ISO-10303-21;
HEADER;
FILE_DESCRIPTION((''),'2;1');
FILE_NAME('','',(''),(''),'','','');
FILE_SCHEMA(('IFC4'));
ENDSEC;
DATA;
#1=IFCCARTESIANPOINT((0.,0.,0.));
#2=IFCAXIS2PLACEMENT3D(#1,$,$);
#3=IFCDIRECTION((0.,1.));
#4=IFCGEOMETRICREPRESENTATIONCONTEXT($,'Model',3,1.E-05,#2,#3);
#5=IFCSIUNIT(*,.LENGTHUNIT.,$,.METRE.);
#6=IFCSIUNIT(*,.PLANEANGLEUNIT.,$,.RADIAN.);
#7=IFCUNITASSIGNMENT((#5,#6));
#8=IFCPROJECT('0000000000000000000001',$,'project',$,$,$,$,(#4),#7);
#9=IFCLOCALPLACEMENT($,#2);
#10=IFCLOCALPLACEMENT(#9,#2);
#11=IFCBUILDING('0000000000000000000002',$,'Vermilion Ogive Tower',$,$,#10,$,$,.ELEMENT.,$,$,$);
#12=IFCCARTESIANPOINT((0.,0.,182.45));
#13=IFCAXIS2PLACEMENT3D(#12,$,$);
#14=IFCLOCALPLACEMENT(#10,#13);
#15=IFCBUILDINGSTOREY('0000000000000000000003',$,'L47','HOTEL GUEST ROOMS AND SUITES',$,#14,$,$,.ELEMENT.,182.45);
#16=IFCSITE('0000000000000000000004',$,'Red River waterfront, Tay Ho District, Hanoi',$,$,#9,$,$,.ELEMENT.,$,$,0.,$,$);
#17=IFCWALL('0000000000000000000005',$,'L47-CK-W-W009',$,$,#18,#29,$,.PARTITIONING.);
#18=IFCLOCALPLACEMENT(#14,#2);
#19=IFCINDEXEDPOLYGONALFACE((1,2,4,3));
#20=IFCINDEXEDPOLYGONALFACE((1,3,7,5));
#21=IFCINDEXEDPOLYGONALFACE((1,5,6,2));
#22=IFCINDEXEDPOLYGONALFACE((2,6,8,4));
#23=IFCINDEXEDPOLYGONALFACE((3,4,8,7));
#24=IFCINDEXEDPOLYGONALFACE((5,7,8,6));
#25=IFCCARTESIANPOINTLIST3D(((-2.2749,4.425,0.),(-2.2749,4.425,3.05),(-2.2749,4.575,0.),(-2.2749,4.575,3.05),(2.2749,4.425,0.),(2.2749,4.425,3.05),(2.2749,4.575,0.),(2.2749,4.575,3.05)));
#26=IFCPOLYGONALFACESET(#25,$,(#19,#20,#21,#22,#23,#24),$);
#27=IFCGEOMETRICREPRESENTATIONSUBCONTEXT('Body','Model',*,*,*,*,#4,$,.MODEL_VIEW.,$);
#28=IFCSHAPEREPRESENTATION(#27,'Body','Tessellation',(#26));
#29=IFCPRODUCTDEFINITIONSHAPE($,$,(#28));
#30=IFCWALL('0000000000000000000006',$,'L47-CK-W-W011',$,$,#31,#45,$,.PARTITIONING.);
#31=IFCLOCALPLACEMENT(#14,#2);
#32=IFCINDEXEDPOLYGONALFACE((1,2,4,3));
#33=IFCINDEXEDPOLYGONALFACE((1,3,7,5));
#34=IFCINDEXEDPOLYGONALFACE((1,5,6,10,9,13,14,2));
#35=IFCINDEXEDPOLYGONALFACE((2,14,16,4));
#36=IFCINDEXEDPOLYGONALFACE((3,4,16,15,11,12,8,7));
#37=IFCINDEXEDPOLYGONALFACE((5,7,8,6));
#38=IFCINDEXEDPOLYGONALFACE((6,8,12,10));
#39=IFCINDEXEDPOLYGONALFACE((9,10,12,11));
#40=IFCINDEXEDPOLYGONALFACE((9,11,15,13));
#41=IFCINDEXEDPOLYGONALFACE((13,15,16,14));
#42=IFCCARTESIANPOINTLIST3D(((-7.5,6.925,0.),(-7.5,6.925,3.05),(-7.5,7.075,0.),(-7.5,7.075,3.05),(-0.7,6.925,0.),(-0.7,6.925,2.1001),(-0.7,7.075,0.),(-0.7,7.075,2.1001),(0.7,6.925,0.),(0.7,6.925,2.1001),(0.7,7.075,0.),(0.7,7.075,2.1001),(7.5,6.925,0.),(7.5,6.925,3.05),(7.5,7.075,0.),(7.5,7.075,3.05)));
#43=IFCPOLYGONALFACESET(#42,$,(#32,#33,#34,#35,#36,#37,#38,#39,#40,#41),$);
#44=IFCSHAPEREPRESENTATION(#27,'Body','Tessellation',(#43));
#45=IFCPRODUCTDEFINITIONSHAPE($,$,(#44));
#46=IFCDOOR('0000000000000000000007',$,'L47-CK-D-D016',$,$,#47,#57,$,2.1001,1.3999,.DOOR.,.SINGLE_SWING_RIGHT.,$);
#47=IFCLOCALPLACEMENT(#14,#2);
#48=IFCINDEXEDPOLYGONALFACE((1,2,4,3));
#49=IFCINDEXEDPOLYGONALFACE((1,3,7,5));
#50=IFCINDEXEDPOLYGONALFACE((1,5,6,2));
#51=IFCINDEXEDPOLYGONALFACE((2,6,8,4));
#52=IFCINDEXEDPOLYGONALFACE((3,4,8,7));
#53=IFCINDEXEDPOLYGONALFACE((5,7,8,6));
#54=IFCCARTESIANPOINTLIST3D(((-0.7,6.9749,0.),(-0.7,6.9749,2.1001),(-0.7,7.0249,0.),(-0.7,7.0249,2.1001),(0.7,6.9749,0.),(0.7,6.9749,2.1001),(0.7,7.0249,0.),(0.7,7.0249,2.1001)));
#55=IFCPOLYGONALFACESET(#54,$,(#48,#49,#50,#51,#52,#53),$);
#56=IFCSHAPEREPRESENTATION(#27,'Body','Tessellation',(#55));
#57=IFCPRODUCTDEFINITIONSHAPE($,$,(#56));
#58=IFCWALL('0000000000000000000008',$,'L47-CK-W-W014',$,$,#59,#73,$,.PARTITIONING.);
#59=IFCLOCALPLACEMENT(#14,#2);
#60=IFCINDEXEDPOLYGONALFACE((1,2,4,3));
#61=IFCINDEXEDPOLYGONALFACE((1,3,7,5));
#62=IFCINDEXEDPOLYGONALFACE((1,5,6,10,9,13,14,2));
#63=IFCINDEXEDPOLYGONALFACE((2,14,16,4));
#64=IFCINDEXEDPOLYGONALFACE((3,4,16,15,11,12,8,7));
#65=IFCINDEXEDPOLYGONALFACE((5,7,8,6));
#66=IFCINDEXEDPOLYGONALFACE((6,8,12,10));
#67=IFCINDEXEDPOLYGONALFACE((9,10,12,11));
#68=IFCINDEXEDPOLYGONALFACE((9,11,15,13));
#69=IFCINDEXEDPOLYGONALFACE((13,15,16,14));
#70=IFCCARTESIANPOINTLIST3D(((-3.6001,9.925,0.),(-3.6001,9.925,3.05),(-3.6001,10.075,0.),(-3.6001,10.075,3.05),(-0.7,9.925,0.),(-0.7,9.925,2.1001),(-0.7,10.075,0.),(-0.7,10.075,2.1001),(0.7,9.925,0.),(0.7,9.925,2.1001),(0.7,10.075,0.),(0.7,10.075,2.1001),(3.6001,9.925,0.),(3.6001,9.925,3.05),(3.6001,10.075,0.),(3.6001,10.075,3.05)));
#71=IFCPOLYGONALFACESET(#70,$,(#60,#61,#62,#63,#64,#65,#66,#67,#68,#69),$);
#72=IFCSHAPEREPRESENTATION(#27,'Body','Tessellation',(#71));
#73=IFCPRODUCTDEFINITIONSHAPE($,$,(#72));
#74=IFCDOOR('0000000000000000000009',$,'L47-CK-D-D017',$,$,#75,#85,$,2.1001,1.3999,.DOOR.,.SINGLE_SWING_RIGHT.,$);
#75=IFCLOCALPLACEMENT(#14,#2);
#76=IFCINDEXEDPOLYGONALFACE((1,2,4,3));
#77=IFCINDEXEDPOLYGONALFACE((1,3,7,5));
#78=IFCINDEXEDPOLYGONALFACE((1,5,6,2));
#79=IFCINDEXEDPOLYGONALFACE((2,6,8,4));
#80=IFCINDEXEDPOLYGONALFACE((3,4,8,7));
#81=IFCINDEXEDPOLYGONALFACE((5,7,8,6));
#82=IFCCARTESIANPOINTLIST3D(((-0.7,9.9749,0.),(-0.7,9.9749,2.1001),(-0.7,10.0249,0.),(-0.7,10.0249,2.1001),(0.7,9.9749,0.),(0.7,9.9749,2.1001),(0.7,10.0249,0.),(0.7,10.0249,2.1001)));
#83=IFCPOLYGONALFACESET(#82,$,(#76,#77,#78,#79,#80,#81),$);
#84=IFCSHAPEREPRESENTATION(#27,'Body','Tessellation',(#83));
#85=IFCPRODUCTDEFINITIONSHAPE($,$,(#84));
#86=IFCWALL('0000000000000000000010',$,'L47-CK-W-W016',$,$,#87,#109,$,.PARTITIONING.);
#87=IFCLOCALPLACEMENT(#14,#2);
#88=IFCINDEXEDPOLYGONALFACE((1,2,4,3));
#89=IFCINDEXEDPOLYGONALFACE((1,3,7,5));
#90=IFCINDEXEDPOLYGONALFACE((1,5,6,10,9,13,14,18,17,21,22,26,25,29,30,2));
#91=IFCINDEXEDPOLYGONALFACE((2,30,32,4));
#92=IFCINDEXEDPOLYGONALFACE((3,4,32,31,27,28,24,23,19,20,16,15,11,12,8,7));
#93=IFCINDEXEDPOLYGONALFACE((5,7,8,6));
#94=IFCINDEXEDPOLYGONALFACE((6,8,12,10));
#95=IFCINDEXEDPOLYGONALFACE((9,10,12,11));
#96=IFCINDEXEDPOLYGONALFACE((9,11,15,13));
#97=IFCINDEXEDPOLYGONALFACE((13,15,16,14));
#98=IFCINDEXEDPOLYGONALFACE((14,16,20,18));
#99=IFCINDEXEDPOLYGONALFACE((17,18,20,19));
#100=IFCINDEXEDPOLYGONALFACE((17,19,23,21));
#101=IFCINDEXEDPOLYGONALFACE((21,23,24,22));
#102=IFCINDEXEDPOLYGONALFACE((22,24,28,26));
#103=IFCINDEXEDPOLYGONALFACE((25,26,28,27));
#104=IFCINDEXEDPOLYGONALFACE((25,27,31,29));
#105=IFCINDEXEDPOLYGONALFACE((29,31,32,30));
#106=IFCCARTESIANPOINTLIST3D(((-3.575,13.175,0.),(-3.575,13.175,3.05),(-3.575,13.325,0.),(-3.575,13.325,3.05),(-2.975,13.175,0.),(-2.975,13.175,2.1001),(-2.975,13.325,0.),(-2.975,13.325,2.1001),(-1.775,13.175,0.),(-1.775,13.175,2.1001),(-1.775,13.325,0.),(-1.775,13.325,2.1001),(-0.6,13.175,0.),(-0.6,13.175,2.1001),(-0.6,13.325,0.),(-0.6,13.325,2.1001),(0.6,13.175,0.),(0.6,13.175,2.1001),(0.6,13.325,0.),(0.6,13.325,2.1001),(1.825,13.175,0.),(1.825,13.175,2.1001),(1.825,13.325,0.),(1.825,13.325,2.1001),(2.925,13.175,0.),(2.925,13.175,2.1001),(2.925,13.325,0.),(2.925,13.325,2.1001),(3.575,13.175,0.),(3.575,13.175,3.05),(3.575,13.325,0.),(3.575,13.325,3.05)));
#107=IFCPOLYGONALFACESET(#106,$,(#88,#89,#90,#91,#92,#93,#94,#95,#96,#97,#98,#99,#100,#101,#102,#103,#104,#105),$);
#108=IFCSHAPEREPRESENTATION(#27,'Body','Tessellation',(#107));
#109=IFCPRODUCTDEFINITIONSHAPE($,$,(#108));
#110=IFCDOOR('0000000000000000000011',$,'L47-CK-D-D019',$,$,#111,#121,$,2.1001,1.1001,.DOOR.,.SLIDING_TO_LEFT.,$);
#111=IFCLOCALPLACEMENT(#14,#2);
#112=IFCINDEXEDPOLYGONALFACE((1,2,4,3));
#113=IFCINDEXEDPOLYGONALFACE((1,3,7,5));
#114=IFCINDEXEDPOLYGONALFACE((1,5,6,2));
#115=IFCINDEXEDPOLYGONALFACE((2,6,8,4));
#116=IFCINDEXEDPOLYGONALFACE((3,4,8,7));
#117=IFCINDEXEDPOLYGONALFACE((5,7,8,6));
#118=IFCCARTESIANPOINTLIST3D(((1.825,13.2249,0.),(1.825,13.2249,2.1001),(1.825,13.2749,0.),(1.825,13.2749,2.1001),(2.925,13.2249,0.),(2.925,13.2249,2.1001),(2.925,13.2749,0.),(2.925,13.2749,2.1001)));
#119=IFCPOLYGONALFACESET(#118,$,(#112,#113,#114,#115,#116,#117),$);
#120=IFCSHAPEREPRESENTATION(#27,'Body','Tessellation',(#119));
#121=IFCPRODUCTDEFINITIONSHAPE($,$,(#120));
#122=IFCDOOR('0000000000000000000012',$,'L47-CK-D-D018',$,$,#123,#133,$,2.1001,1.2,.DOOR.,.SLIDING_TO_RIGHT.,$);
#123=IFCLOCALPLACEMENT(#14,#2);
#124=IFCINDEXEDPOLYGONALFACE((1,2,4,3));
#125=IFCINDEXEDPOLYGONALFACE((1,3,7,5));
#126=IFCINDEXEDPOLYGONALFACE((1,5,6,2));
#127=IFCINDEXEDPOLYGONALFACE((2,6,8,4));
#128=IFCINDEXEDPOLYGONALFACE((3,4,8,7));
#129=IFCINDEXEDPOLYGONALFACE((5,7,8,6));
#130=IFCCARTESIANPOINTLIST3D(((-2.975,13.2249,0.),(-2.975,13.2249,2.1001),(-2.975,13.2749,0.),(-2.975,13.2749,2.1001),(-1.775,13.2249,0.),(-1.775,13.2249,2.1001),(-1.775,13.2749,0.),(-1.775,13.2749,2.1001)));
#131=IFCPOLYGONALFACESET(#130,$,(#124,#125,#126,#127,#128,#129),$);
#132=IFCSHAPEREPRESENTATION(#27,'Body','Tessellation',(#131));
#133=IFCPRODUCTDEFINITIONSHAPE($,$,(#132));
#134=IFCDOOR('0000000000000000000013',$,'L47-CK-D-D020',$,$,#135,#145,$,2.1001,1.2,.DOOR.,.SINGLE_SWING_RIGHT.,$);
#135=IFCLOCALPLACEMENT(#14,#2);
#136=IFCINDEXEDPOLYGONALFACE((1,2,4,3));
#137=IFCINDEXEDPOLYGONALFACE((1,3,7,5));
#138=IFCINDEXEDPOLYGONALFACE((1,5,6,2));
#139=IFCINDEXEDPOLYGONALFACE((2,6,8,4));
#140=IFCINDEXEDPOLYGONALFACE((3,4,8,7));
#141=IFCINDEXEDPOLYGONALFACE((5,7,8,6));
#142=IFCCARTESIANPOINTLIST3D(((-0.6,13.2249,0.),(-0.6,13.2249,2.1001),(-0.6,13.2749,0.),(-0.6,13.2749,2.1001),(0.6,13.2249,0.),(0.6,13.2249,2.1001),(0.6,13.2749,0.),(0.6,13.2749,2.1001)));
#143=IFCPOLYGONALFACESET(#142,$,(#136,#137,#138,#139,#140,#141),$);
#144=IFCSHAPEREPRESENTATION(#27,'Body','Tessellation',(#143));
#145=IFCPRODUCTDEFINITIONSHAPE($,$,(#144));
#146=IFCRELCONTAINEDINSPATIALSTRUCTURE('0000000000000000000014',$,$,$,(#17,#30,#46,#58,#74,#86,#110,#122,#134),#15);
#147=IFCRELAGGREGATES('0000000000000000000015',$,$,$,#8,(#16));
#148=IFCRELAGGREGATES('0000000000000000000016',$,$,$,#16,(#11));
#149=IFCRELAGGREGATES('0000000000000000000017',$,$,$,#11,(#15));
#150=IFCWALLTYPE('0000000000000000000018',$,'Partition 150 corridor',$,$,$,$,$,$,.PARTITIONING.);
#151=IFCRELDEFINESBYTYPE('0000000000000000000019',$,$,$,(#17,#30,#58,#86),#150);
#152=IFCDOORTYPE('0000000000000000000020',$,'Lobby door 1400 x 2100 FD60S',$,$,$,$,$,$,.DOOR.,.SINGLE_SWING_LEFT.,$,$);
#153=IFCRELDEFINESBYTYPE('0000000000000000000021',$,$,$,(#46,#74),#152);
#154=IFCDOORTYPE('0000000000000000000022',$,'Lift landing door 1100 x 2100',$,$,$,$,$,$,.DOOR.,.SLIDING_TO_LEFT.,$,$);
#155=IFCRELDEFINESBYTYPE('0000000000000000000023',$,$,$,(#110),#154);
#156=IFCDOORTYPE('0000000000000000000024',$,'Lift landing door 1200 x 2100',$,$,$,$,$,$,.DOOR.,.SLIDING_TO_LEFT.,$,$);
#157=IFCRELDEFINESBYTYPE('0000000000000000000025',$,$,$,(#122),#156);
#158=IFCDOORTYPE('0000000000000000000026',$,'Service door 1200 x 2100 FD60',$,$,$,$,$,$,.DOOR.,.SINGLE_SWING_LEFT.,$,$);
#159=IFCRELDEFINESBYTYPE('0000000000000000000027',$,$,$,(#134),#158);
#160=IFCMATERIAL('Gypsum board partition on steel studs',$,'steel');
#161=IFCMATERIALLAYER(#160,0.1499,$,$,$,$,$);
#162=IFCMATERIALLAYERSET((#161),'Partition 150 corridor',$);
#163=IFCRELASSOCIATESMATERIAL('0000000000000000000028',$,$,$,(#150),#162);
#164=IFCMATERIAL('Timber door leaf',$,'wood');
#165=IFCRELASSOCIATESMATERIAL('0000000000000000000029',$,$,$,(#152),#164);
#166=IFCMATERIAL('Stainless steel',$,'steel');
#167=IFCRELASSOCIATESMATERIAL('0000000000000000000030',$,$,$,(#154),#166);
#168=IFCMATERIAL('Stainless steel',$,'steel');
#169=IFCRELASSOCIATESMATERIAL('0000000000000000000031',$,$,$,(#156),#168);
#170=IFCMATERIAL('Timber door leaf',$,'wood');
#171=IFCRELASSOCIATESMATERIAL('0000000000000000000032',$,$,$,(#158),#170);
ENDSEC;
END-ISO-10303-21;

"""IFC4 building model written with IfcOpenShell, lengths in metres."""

from ifc_helpers import new_model, si_unit, direction, frame, frame_2d, origin, place, context, subcontext, project, spatial, rectangle, extrude, material, layer, layer_set, type_object, element, fill, save


model = new_model("IFC4")

# Units and contexts
model_context = context("Model", 3, precision=1e-05, world=origin(), true_north=direction((0.0, 1.0)))
body_context = subcontext(model_context, "Body", "Model", "MODEL_VIEW")
ifc_project = project(units=[si_unit("LENGTHUNIT", "METRE"), si_unit("PLANEANGLEUNIT", "RADIAN")], contexts=[model_context])

# Site, building, storey
site_placement = place(None, origin())
site = spatial("IfcSite", under=ifc_project, at=site_placement, Name="Red River waterfront, Tay Ho District, Hanoi", CompositionType="ELEMENT", RefElevation=0.0)
building_placement = place(site_placement, origin())
building = spatial("IfcBuilding", under=site, at=building_placement, Name="Vermilion Ogive Tower", CompositionType="ELEMENT")
storey_placement = place(building_placement, frame((0.0, 0.0, 182.45)))
storey = spatial("IfcBuildingStorey", under=building, at=storey_placement, Name="L47", Description="HOTEL GUEST ROOMS AND SUITES", CompositionType="ELEMENT", Elevation=182.45)

# Wall
ifc_material_1 = material(Name="Gypsum board partition on steel studs", Category="steel")
ifc_layer_1 = layer(ifc_material_1, 0.1499)
ifc_layer_set_1 = layer_set([ifc_layer_1], Name="Partition 150 corridor")
wall_type_1 = type_object("IfcWallType", Name="Partition 150 corridor", PredefinedType="PARTITIONING", material=ifc_layer_set_1)
wall_1_placement = place(storey_placement, frame((-2.2749, 4.5, 0.0), z_axis=(0.0, 0.0, 1.0), x_axis=(1.0, 0.0, 0.0)))
element("IfcWall", 1, at=wall_1_placement, inside=storey, type_object=wall_type_1, Name="L47-CK-W-W009", PredefinedType="PARTITIONING", context=body_context, shape_type="SweptSolid", body=[
    extrude(rectangle(XDim=4.5498, YDim=0.1499, at=frame_2d((2.2749, 0.0))), origin(), (0.0, 0.0, 1.0), 3.05),
])

# Walls, openings, doors
wall_2_placement = place(storey_placement, frame((-7.5, 7.0, 0.0), z_axis=(0.0, 0.0, 1.0), x_axis=(1.0, 0.0, 0.0)))
wall_2 = element("IfcWall", 2, at=wall_2_placement, inside=storey, type_object=wall_type_1, Name="L47-CK-W-W011", PredefinedType="PARTITIONING", context=body_context, shape_type="SweptSolid", body=[
    extrude(rectangle(XDim=15.0, YDim=0.1499, at=frame_2d((7.5, 0.0))), origin(), (0.0, 0.0, 1.0), 3.05),
])
opening_1_placement = place(wall_2_placement, frame((6.8, 0.0, 0.0)))
opening_1 = element("IfcOpeningElement", 3, at=opening_1_placement, cuts=wall_2, PredefinedType="OPENING", context=body_context, shape_type="SweptSolid", body=[
    extrude(rectangle(XDim=1.3999, YDim=2.1001, at=frame_2d((0.7, 1.05))), frame((0.0, 0.085, 0.0), z_axis=(0.0, -1.0, 0.0), x_axis=(1.0, 0.0, 0.0)), (0.0, 0.0, 1.0), 0.1699),
])
ifc_material_2 = material(Name="Timber door leaf", Category="wood")
door_type_1 = type_object("IfcDoorType", Name="Lobby door 1400 x 2100 FD60S", OperationType="SINGLE_SWING_LEFT", PredefinedType="DOOR", material=ifc_material_2)
door_1_placement = place(opening_1_placement, origin())
door_1 = element("IfcDoor", 4, at=door_1_placement, inside=storey, type_object=door_type_1, Name="L47-CK-D-D016", OperationType="SINGLE_SWING_RIGHT", OverallHeight=2.1001, OverallWidth=1.3999, PredefinedType="DOOR", context=body_context, shape_type="SweptSolid", body=[
    extrude(rectangle(XDim=1.3999, YDim=2.1001, at=frame_2d((0.7, 1.05))), frame((0.0, 0.0249, 0.0), z_axis=(0.0, -1.0, 0.0), x_axis=(1.0, 0.0, 0.0)), (0.0, 0.0, 1.0), 0.05),
])
fill(opening_1, door_1)
wall_3_placement = place(storey_placement, frame((-3.6001, 10.0, 0.0), z_axis=(0.0, 0.0, 1.0), x_axis=(1.0, 0.0, 0.0)))
wall_3 = element("IfcWall", 5, at=wall_3_placement, inside=storey, type_object=wall_type_1, Name="L47-CK-W-W014", PredefinedType="PARTITIONING", context=body_context, shape_type="SweptSolid", body=[
    extrude(rectangle(XDim=7.2002, YDim=0.1499, at=frame_2d((3.6001, 0.0))), origin(), (0.0, 0.0, 1.0), 3.05),
])
opening_2_placement = place(wall_3_placement, frame((2.9001, 0.0, 0.0)))
opening_2 = element("IfcOpeningElement", 6, at=opening_2_placement, cuts=wall_3, PredefinedType="OPENING", context=body_context, shape_type="SweptSolid", body=[
    extrude(rectangle(XDim=1.3999, YDim=2.1001, at=frame_2d((0.7, 1.05))), frame((0.0, 0.085, 0.0), z_axis=(0.0, -1.0, 0.0), x_axis=(1.0, 0.0, 0.0)), (0.0, 0.0, 1.0), 0.1699),
])
door_2_placement = place(opening_2_placement, origin())
door_2 = element("IfcDoor", 7, at=door_2_placement, inside=storey, type_object=door_type_1, Name="L47-CK-D-D017", OperationType="SINGLE_SWING_RIGHT", OverallHeight=2.1001, OverallWidth=1.3999, PredefinedType="DOOR", context=body_context, shape_type="SweptSolid", body=[
    extrude(rectangle(XDim=1.3999, YDim=2.1001, at=frame_2d((0.7, 1.05))), frame((0.0, 0.0249, 0.0), z_axis=(0.0, -1.0, 0.0), x_axis=(1.0, 0.0, 0.0)), (0.0, 0.0, 1.0), 0.05),
])
fill(opening_2, door_2)

# Wall, openings, doors
wall_4_placement = place(storey_placement, frame((-3.575, 13.25, 0.0), z_axis=(0.0, 0.0, 1.0), x_axis=(1.0, 0.0, 0.0)))
wall_4 = element("IfcWall", 8, at=wall_4_placement, inside=storey, type_object=wall_type_1, Name="L47-CK-W-W016", PredefinedType="PARTITIONING", context=body_context, shape_type="SweptSolid", body=[
    extrude(rectangle(XDim=7.1499, YDim=0.1499, at=frame_2d((3.575, 0.0))), origin(), (0.0, 0.0, 1.0), 3.05),
])
opening_3_placement = place(wall_4_placement, frame((0.5999, 0.0, 0.0)))
opening_3 = element("IfcOpeningElement", 9, at=opening_3_placement, cuts=wall_4, PredefinedType="OPENING", context=body_context, shape_type="SweptSolid", body=[
    extrude(rectangle(XDim=1.2, YDim=2.1001, at=frame_2d((0.6001, 1.05))), frame((0.0, 0.085, 0.0), z_axis=(0.0, -1.0, 0.0), x_axis=(1.0, 0.0, 0.0)), (0.0, 0.0, 1.0), 0.1699),
])
opening_4_placement = place(wall_4_placement, frame((5.3999, 0.0, 0.0)))
opening_4 = element("IfcOpeningElement", 10, at=opening_4_placement, cuts=wall_4, PredefinedType="OPENING", context=body_context, shape_type="SweptSolid", body=[
    extrude(rectangle(XDim=1.1001, YDim=2.1001, at=frame_2d((0.55, 1.05))), frame((0.0, 0.085, 0.0), z_axis=(0.0, -1.0, 0.0), x_axis=(1.0, 0.0, 0.0)), (0.0, 0.0, 1.0), 0.1699),
])
opening_5_placement = place(wall_4_placement, frame((2.9749, 0.0, 0.0)))
opening_5 = element("IfcOpeningElement", 11, at=opening_5_placement, cuts=wall_4, PredefinedType="OPENING", context=body_context, shape_type="SweptSolid", body=[
    extrude(rectangle(XDim=1.2, YDim=2.1001, at=frame_2d((0.6001, 1.05))), frame((0.0, 0.085, 0.0), z_axis=(0.0, -1.0, 0.0), x_axis=(1.0, 0.0, 0.0)), (0.0, 0.0, 1.0), 0.1699),
])
ifc_material_3 = material(Name="Stainless steel", Category="steel")
door_type_2 = type_object("IfcDoorType", Name="Lift landing door 1100 x 2100", OperationType="SLIDING_TO_LEFT", PredefinedType="DOOR", material=ifc_material_3)
door_3_placement = place(opening_4_placement, origin())
door_3 = element("IfcDoor", 12, at=door_3_placement, inside=storey, type_object=door_type_2, Name="L47-CK-D-D019", OperationType="SLIDING_TO_LEFT", OverallHeight=2.1001, OverallWidth=1.1001, PredefinedType="DOOR", context=body_context, shape_type="SweptSolid", body=[
    extrude(rectangle(XDim=1.1001, YDim=2.1001, at=frame_2d((0.55, 1.05))), frame((0.0, 0.0249, 0.0), z_axis=(0.0, -1.0, 0.0), x_axis=(1.0, 0.0, 0.0)), (0.0, 0.0, 1.0), 0.05),
])
fill(opening_4, door_3)
ifc_material_4 = material(Name="Stainless steel", Category="steel")
door_type_3 = type_object("IfcDoorType", Name="Lift landing door 1200 x 2100", OperationType="SLIDING_TO_LEFT", PredefinedType="DOOR", material=ifc_material_4)
door_4_placement = place(opening_3_placement, origin())
door_4 = element("IfcDoor", 13, at=door_4_placement, inside=storey, type_object=door_type_3, Name="L47-CK-D-D018", OperationType="SLIDING_TO_RIGHT", OverallHeight=2.1001, OverallWidth=1.2, PredefinedType="DOOR", context=body_context, shape_type="SweptSolid", body=[
    extrude(rectangle(XDim=1.2, YDim=2.1001, at=frame_2d((0.6001, 1.05))), frame((0.0, 0.0249, 0.0), z_axis=(0.0, -1.0, 0.0), x_axis=(1.0, 0.0, 0.0)), (0.0, 0.0, 1.0), 0.05),
])
fill(opening_3, door_4)
ifc_material_5 = material(Name="Timber door leaf", Category="wood")
door_type_4 = type_object("IfcDoorType", Name="Service door 1200 x 2100 FD60", OperationType="SINGLE_SWING_LEFT", PredefinedType="DOOR", material=ifc_material_5)
door_5_placement = place(opening_5_placement, origin())
door_5 = element("IfcDoor", 14, at=door_5_placement, inside=storey, type_object=door_type_4, Name="L47-CK-D-D020", OperationType="SINGLE_SWING_RIGHT", OverallHeight=2.1001, OverallWidth=1.2, PredefinedType="DOOR", context=body_context, shape_type="SweptSolid", body=[
    extrude(rectangle(XDim=1.2, YDim=2.1001, at=frame_2d((0.6001, 1.05))), frame((0.0, 0.0249, 0.0), z_axis=(0.0, -1.0, 0.0), x_axis=(1.0, 0.0, 0.0)), (0.0, 0.0, 1.0), 0.05),
])
fill(opening_5, door_5)

save(model, "model.ifc")
